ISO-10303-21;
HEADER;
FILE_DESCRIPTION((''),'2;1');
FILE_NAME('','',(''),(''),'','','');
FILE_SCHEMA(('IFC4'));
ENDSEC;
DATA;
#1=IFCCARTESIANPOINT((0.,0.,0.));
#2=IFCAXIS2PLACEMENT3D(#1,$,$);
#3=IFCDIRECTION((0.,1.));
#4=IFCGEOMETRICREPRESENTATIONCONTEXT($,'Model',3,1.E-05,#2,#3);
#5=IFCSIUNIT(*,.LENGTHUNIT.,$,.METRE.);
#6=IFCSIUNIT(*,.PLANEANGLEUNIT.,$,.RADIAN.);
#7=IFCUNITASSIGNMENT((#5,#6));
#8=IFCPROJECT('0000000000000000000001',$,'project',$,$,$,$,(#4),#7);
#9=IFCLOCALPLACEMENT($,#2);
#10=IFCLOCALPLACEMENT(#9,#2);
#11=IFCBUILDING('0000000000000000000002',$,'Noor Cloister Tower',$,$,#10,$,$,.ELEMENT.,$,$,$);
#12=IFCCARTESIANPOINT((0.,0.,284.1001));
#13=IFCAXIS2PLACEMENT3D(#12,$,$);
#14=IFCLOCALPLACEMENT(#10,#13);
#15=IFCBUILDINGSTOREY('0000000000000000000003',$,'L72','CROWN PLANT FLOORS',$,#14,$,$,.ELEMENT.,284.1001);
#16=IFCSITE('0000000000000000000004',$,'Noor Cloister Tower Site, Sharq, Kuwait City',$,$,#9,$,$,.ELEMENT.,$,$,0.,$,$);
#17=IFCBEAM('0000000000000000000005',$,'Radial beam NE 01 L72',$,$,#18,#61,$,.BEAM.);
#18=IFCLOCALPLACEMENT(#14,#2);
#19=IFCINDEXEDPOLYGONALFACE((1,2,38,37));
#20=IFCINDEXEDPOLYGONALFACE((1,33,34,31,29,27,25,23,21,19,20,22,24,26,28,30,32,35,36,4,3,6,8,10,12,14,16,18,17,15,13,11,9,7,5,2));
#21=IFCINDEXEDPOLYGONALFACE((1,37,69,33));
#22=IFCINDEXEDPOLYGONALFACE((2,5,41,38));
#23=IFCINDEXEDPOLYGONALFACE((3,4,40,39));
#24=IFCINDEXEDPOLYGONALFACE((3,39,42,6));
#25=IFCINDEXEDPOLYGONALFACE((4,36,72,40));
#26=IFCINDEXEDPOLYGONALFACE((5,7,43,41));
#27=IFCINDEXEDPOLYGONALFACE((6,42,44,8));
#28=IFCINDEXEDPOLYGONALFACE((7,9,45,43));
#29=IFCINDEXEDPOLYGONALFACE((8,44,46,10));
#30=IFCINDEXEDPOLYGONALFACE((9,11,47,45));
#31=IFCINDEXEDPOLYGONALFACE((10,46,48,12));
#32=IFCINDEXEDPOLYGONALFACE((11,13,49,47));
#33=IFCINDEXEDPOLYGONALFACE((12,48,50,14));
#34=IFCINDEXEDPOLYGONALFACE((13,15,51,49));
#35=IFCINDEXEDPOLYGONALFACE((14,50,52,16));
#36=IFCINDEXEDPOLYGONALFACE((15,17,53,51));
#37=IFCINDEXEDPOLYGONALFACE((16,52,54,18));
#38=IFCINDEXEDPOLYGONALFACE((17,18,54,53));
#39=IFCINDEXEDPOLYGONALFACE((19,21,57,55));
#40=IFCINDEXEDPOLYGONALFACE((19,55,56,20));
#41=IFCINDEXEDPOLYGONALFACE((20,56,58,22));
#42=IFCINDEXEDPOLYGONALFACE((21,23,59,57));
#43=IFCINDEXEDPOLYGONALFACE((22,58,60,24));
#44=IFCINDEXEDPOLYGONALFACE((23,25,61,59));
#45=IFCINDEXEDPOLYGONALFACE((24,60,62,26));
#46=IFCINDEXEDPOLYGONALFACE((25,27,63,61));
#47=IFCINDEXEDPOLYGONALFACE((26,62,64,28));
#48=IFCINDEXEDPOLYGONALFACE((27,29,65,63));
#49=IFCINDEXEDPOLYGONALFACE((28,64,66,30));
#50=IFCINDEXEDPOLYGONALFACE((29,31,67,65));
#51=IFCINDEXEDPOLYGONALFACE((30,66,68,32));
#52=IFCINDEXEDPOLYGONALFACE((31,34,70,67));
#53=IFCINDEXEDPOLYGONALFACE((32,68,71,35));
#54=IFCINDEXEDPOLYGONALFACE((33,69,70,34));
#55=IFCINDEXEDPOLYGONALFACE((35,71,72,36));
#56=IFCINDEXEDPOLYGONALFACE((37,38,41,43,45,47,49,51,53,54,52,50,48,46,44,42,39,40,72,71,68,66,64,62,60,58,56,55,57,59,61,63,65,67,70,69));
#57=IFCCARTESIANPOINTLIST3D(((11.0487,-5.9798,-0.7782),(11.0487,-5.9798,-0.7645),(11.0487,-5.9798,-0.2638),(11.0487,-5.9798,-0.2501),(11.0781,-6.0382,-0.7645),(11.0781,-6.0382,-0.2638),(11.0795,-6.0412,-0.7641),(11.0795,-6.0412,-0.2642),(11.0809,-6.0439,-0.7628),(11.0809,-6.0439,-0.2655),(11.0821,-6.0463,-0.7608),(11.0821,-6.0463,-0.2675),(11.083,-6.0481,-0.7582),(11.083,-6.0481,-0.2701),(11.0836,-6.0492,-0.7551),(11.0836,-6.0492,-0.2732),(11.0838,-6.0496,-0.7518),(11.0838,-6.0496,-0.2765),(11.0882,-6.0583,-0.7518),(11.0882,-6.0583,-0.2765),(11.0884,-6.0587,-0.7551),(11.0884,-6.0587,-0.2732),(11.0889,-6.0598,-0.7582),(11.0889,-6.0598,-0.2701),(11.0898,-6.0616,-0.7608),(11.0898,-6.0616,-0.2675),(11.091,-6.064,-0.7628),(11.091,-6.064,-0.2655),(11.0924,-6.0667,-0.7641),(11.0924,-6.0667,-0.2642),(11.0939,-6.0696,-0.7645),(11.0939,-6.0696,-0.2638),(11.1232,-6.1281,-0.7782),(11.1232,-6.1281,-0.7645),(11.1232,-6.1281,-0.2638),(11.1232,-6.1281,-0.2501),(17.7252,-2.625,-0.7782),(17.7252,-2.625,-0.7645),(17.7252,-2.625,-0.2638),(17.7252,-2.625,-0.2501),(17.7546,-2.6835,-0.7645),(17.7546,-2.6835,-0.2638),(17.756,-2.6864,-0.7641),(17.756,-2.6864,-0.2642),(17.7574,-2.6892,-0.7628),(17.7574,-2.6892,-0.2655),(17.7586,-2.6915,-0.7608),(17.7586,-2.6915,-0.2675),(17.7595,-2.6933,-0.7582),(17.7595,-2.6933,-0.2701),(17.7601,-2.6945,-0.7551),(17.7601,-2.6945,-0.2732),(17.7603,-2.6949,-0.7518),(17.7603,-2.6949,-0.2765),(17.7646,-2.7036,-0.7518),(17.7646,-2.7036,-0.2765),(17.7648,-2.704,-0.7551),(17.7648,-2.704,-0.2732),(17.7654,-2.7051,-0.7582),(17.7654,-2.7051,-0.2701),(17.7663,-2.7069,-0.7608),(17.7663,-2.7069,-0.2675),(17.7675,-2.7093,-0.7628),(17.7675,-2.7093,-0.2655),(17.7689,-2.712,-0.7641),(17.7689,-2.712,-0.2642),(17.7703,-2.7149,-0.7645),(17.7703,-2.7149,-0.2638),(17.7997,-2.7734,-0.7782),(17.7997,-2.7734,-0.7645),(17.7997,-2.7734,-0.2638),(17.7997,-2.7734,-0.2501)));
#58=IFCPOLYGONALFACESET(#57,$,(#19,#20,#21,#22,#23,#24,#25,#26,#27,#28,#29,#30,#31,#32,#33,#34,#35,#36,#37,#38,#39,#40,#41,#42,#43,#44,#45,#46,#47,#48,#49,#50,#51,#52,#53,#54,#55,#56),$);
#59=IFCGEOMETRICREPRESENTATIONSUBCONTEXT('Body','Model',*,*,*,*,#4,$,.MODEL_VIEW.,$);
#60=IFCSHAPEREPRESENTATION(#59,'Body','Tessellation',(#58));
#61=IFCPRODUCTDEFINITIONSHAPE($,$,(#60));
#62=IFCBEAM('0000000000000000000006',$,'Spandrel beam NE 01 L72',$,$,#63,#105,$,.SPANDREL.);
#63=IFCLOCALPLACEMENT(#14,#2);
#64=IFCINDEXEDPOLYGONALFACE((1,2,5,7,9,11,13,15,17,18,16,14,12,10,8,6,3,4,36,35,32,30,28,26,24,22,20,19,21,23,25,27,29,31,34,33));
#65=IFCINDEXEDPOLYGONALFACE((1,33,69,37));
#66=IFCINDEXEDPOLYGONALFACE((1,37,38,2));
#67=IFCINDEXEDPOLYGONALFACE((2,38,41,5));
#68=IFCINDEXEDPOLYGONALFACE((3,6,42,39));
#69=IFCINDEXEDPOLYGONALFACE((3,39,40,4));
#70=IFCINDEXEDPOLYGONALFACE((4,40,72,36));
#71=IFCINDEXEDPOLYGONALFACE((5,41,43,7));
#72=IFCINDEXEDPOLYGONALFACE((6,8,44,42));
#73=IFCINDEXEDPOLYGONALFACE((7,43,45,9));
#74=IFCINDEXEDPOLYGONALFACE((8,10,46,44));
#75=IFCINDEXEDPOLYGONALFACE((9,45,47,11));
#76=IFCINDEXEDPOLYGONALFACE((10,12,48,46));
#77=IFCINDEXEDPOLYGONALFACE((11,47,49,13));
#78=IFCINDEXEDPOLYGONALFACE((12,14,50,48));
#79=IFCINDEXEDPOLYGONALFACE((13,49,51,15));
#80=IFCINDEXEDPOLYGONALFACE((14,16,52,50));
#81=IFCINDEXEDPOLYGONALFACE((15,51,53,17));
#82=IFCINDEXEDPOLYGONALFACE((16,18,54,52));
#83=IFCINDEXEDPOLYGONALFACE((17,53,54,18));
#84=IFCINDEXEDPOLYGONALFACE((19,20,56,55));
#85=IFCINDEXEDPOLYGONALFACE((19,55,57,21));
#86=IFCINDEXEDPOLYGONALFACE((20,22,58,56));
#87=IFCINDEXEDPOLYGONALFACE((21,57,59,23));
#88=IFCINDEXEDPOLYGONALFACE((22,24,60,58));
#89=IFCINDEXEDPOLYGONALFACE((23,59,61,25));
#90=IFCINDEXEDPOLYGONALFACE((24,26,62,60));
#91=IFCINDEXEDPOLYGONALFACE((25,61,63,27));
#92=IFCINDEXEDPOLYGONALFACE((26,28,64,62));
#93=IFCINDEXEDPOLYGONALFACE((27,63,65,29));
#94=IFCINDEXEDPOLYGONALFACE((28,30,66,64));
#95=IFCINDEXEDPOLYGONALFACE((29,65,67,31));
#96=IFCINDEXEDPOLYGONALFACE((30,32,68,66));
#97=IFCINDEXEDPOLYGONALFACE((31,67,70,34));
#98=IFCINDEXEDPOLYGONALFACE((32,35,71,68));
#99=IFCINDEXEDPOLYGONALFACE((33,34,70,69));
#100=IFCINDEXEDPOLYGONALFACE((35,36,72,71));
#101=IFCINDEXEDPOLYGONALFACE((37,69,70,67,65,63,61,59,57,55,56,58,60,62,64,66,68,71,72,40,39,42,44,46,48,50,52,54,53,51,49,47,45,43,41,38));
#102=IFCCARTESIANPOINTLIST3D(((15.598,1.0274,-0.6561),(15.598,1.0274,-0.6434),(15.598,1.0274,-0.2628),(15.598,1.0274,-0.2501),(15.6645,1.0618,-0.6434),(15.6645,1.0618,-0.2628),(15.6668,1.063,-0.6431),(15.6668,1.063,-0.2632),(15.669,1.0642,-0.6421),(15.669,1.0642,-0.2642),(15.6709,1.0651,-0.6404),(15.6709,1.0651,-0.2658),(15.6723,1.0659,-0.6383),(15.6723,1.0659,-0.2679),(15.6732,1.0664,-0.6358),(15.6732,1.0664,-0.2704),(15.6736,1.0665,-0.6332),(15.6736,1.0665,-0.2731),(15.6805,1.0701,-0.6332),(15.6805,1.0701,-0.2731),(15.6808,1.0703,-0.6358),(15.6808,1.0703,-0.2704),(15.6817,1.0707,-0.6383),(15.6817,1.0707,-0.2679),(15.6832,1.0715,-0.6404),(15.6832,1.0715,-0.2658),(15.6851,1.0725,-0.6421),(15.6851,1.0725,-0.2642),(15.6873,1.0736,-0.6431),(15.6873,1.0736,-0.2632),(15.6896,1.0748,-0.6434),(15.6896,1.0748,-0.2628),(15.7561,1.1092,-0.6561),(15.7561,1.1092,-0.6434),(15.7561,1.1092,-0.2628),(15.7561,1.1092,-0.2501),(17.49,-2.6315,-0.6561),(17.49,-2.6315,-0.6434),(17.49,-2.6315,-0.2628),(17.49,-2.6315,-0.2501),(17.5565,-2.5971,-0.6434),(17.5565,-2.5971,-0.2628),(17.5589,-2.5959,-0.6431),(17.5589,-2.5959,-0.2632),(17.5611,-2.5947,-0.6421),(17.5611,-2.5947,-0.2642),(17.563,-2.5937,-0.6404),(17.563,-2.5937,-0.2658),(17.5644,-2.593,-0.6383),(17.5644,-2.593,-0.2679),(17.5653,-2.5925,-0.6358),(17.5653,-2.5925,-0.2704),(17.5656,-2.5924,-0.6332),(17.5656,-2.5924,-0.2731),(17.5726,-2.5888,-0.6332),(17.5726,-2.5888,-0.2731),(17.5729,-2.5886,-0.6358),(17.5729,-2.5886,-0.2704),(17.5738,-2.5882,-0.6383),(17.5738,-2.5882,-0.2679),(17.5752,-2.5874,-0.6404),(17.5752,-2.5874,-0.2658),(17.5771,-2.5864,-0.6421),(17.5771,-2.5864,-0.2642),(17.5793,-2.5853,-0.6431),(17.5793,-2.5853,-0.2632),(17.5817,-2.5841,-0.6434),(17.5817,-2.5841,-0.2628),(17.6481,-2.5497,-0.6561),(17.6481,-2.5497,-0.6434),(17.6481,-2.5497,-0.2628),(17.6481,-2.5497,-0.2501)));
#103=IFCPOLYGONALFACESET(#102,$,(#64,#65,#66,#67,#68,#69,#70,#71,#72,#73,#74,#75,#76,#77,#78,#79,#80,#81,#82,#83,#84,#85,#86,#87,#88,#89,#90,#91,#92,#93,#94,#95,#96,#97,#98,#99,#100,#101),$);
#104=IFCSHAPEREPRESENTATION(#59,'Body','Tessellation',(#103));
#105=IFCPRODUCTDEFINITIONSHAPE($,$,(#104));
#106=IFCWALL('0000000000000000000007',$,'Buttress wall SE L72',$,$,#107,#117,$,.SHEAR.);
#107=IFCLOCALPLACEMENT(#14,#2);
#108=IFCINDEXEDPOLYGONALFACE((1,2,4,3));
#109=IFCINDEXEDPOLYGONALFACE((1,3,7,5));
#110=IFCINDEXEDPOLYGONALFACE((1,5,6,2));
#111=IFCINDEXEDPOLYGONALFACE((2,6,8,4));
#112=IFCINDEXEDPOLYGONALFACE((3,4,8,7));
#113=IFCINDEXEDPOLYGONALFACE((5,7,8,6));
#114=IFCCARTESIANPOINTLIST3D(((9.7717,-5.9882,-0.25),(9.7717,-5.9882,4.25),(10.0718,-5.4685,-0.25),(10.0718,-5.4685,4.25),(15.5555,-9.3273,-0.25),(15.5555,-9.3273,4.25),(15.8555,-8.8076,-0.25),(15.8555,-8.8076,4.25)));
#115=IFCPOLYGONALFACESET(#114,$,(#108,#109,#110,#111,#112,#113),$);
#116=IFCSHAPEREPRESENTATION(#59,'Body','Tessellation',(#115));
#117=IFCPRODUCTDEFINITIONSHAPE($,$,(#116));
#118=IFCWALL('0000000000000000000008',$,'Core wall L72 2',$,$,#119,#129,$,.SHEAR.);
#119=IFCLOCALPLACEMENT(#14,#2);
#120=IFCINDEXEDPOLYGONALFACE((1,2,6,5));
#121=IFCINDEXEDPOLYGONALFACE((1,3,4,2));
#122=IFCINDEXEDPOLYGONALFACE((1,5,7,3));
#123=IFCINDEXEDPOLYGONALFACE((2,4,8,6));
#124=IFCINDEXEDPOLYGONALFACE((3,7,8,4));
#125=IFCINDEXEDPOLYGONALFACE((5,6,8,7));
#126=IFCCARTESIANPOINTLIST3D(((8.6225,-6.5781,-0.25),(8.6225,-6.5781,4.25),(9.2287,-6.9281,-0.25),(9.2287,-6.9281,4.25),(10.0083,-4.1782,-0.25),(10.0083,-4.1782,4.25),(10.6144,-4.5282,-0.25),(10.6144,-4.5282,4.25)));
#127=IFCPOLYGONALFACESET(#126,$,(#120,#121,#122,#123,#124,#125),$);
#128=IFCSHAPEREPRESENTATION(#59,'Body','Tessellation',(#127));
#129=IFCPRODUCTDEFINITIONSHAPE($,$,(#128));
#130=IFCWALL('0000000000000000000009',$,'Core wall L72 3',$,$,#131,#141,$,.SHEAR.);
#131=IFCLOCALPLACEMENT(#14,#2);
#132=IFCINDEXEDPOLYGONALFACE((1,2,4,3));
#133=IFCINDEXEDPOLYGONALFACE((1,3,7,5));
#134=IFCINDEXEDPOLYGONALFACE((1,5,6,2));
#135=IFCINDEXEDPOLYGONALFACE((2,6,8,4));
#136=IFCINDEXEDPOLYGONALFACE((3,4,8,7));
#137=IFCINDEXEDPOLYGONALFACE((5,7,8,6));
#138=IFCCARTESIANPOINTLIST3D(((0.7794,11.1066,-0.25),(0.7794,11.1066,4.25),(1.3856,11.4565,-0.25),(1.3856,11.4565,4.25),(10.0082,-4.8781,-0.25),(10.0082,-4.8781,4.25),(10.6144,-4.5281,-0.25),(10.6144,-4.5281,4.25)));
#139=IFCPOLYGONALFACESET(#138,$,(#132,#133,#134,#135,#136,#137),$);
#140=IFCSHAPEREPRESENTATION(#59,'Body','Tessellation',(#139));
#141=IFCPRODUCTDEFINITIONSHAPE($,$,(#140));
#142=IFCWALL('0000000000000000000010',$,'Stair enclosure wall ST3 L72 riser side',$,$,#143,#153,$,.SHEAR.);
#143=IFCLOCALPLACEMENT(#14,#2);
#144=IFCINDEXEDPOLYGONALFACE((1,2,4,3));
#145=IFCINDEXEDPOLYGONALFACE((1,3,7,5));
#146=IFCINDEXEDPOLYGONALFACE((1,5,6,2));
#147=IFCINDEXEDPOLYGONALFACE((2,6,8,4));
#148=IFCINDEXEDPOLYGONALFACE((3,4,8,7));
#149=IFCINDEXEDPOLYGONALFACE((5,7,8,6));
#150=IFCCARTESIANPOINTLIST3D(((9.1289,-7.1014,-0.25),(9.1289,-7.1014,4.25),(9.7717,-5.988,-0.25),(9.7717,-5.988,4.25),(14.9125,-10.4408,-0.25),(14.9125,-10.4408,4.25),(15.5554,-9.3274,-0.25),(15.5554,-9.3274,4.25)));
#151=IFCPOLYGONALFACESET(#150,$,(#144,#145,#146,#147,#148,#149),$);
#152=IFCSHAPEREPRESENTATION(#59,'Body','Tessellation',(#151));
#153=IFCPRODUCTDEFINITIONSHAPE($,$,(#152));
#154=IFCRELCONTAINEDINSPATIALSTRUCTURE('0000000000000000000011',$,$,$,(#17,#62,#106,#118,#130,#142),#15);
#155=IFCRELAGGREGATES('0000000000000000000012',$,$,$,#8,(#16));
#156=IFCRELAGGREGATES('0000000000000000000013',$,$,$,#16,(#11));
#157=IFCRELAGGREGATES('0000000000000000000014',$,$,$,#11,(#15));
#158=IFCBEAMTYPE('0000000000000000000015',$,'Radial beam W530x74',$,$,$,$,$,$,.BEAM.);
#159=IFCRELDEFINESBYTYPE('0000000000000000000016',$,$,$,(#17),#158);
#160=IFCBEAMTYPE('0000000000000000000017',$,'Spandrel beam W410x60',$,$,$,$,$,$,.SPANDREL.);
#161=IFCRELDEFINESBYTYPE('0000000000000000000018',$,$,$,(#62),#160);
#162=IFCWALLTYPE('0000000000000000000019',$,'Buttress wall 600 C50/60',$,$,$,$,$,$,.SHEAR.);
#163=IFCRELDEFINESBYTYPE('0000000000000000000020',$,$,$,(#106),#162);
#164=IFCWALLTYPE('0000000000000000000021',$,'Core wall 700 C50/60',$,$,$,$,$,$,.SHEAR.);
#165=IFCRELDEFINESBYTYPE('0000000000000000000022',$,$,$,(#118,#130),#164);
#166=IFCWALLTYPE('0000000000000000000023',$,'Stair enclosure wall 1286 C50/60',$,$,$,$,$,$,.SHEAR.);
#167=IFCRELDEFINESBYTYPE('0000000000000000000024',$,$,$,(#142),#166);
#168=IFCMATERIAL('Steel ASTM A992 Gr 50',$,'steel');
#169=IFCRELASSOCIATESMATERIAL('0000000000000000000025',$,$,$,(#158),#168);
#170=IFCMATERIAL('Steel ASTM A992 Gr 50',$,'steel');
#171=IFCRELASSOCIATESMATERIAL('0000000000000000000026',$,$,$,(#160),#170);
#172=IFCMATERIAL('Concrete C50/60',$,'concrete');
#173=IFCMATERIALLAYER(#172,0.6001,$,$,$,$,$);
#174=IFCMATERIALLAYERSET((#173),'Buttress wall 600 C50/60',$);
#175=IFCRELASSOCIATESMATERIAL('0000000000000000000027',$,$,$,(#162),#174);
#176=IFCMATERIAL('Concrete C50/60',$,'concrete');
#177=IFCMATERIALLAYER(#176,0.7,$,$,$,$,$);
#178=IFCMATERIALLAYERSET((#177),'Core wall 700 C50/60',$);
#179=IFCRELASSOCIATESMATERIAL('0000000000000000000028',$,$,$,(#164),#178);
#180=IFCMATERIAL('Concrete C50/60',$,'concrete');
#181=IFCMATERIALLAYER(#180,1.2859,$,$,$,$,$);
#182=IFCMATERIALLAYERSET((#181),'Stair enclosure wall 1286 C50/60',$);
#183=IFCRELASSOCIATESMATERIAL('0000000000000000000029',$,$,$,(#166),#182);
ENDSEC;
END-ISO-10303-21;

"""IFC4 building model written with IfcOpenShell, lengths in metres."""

from ifc_helpers import new_model, si_unit, direction, frame, frame_2d, origin, origin_2d, place, context, subcontext, project, spatial, rectangle, i_section, extrude, material, layer, layer_set, material_profile, profile_set, type_object, element, save


model = new_model("IFC4")

# Units and contexts
model_context = context("Model", 3, precision=1e-05, world=origin(), true_north=direction((0.0, 1.0)))
body_context = subcontext(model_context, "Body", "Model", "MODEL_VIEW")
ifc_project = project(units=[si_unit("LENGTHUNIT", "METRE"), si_unit("PLANEANGLEUNIT", "RADIAN")], contexts=[model_context])

# Site, building, storey
site_placement = place(None, origin())
site = spatial("IfcSite", under=ifc_project, at=site_placement, Name="Noor Cloister Tower Site, Sharq, Kuwait City", CompositionType="ELEMENT", RefElevation=0.0)
building_placement = place(site_placement, origin())
building = spatial("IfcBuilding", under=site, at=building_placement, Name="Noor Cloister Tower", CompositionType="ELEMENT")
storey_placement = place(building_placement, frame((0.0, 0.0, 284.1001)))
storey = spatial("IfcBuildingStorey", under=building, at=storey_placement, Name="L72", Description="CROWN PLANT FLOORS", CompositionType="ELEMENT", Elevation=284.1001)

# Beams
ifc_material_1 = material(Name="Steel ASTM A992 Gr 50", Category="steel")
ifc_material_profile_1 = material_profile(ifc_material_1, i_section(OverallWidth=0.166, OverallDepth=0.5281, WebThickness=0.0098, FlangeThickness=0.0137, FilletRadius=0.0127, at=origin_2d()), Name="W530x74")
ifc_profile_set_1 = profile_set([ifc_material_profile_1], Name="Steel ASTM A992 Gr 50")
beam_type_1 = type_object("IfcBeamType", Name="Radial beam W530x74", PredefinedType="BEAM", material=ifc_profile_set_1)
beam_1_placement = place(storey_placement, frame((17.7625, -2.6992, -0.5142), z_axis=(-0.893543, -0.448977, 0.0), x_axis=(0.448977, -0.893543, 0.0)))
element("IfcBeam", 1, at=beam_1_placement, inside=storey, type_object=beam_type_1, Name="Radial beam NE 01 L72", PredefinedType="BEAM", context=body_context, shape_type="SweptSolid", body=[
    extrude(i_section(OverallWidth=0.166, OverallDepth=0.5281, WebThickness=0.0098, FlangeThickness=0.0137, FilletRadius=0.0127, at=origin_2d()), origin(), (0.0, 0.0, 1.0), 7.4719),
])
ifc_material_2 = material(Name="Steel ASTM A992 Gr 50", Category="steel")
ifc_material_profile_2 = material_profile(ifc_material_2, i_section(OverallWidth=0.178, OverallDepth=0.406, WebThickness=0.0078, FlangeThickness=0.0127, FilletRadius=0.0103, at=origin_2d()), Name="W410x60")
ifc_profile_set_2 = profile_set([ifc_material_profile_2], Name="Steel ASTM A992 Gr 50")
beam_type_2 = type_object("IfcBeamType", Name="Spandrel beam W410x60", PredefinedType="SPANDREL", material=ifc_profile_set_2)
beam_2_placement = place(storey_placement, frame((17.5691, -2.5906, -0.4531), z_axis=(-0.459334, 0.888264, 0.0), x_axis=(-0.888264, -0.459334, 0.0)))
element("IfcBeam", 2, at=beam_2_placement, inside=storey, type_object=beam_type_2, Name="Spandrel beam NE 01 L72", PredefinedType="SPANDREL", context=body_context, shape_type="SweptSolid", body=[
    extrude(i_section(OverallWidth=0.178, OverallDepth=0.406, WebThickness=0.0078, FlangeThickness=0.0127, FilletRadius=0.0103, at=origin_2d()), origin(), (0.0, 0.0, 1.0), 4.1191),
])

# Walls
ifc_material_3 = material(Name="Concrete C50/60", Category="concrete")
ifc_layer_1 = layer(ifc_material_3, 0.6001)
ifc_layer_set_1 = layer_set([ifc_layer_1], Name="Buttress wall 600 C50/60")
wall_type_1 = type_object("IfcWallType", Name="Buttress wall 600 C50/60", PredefinedType="SHEAR", material=ifc_layer_set_1)
wall_1_placement = place(storey_placement, frame((9.9216, -5.7283, -0.25), z_axis=(0.0, 0.0, 1.0), x_axis=(0.866032, -0.499988, 0.0)))
element("IfcWall", 3, at=wall_1_placement, inside=storey, type_object=wall_type_1, Name="Buttress wall SE L72", PredefinedType="SHEAR", context=body_context, shape_type="SweptSolid", body=[
    extrude(rectangle(XDim=6.6785, YDim=0.6001, at=frame_2d((3.3394, 0.0))), origin(), (0.0, 0.0, 1.0), 4.5),
])
ifc_material_4 = material(Name="Concrete C50/60", Category="concrete")
ifc_layer_2 = layer(ifc_material_4, 0.7)
ifc_layer_set_2 = layer_set([ifc_layer_2], Name="Core wall 700 C50/60")
wall_type_2 = type_object("IfcWallType", Name="Core wall 700 C50/60", PredefinedType="SHEAR", material=ifc_layer_set_2)
wall_2_placement = place(storey_placement, frame((8.9255, -6.7532, -0.25), z_axis=(0.0, 0.0, 1.0), x_axis=(0.500043, 0.866001, 0.0)))
element("IfcWall", 4, at=wall_2_placement, inside=storey, type_object=wall_type_2, Name="Core wall L72 2", PredefinedType="SHEAR", context=body_context, shape_type="SweptSolid", body=[
    extrude(rectangle(XDim=2.7712, YDim=0.7, at=frame_2d((1.3857, 0.0))), origin(), (0.0, 0.0, 1.0), 4.5),
])
wall_3_placement = place(storey_placement, frame((10.3113, -4.7031, -0.25), z_axis=(0.0, 0.0, 1.0), x_axis=(-0.500001, 0.866025, 0.0)))
element("IfcWall", 5, at=wall_3_placement, inside=storey, type_object=wall_type_2, Name="Core wall L72 3", PredefinedType="SHEAR", context=body_context, shape_type="SweptSolid", body=[
    extrude(rectangle(XDim=18.4575, YDim=0.7, at=frame_2d((9.2288, 0.0))), origin(), (0.0, 0.0, 1.0), 4.5),
])
ifc_material_5 = material(Name="Concrete C50/60", Category="concrete")
ifc_layer_3 = layer(ifc_material_5, 1.2859)
ifc_layer_set_3 = layer_set([ifc_layer_3], Name="Stair enclosure wall 1286 C50/60")
wall_type_3 = type_object("IfcWallType", Name="Stair enclosure wall 1286 C50/60", PredefinedType="SHEAR", material=ifc_layer_set_3)
wall_4_placement = place(storey_placement, frame((9.4502, -6.5447, -0.25), z_axis=(0.0, 0.0, 1.0), x_axis=(0.866016, -0.500016, 0.0)))
element("IfcWall", 6, at=wall_4_placement, inside=storey, type_object=wall_type_3, Name="Stair enclosure wall ST3 L72 riser side", PredefinedType="SHEAR", context=body_context, shape_type="SweptSolid", body=[
    extrude(rectangle(XDim=6.6785, YDim=1.2856, at=frame_2d((3.3394, 0.0))), origin(), (0.0, 0.0, 1.0), 4.5),
])

save(model, "model.ifc")
